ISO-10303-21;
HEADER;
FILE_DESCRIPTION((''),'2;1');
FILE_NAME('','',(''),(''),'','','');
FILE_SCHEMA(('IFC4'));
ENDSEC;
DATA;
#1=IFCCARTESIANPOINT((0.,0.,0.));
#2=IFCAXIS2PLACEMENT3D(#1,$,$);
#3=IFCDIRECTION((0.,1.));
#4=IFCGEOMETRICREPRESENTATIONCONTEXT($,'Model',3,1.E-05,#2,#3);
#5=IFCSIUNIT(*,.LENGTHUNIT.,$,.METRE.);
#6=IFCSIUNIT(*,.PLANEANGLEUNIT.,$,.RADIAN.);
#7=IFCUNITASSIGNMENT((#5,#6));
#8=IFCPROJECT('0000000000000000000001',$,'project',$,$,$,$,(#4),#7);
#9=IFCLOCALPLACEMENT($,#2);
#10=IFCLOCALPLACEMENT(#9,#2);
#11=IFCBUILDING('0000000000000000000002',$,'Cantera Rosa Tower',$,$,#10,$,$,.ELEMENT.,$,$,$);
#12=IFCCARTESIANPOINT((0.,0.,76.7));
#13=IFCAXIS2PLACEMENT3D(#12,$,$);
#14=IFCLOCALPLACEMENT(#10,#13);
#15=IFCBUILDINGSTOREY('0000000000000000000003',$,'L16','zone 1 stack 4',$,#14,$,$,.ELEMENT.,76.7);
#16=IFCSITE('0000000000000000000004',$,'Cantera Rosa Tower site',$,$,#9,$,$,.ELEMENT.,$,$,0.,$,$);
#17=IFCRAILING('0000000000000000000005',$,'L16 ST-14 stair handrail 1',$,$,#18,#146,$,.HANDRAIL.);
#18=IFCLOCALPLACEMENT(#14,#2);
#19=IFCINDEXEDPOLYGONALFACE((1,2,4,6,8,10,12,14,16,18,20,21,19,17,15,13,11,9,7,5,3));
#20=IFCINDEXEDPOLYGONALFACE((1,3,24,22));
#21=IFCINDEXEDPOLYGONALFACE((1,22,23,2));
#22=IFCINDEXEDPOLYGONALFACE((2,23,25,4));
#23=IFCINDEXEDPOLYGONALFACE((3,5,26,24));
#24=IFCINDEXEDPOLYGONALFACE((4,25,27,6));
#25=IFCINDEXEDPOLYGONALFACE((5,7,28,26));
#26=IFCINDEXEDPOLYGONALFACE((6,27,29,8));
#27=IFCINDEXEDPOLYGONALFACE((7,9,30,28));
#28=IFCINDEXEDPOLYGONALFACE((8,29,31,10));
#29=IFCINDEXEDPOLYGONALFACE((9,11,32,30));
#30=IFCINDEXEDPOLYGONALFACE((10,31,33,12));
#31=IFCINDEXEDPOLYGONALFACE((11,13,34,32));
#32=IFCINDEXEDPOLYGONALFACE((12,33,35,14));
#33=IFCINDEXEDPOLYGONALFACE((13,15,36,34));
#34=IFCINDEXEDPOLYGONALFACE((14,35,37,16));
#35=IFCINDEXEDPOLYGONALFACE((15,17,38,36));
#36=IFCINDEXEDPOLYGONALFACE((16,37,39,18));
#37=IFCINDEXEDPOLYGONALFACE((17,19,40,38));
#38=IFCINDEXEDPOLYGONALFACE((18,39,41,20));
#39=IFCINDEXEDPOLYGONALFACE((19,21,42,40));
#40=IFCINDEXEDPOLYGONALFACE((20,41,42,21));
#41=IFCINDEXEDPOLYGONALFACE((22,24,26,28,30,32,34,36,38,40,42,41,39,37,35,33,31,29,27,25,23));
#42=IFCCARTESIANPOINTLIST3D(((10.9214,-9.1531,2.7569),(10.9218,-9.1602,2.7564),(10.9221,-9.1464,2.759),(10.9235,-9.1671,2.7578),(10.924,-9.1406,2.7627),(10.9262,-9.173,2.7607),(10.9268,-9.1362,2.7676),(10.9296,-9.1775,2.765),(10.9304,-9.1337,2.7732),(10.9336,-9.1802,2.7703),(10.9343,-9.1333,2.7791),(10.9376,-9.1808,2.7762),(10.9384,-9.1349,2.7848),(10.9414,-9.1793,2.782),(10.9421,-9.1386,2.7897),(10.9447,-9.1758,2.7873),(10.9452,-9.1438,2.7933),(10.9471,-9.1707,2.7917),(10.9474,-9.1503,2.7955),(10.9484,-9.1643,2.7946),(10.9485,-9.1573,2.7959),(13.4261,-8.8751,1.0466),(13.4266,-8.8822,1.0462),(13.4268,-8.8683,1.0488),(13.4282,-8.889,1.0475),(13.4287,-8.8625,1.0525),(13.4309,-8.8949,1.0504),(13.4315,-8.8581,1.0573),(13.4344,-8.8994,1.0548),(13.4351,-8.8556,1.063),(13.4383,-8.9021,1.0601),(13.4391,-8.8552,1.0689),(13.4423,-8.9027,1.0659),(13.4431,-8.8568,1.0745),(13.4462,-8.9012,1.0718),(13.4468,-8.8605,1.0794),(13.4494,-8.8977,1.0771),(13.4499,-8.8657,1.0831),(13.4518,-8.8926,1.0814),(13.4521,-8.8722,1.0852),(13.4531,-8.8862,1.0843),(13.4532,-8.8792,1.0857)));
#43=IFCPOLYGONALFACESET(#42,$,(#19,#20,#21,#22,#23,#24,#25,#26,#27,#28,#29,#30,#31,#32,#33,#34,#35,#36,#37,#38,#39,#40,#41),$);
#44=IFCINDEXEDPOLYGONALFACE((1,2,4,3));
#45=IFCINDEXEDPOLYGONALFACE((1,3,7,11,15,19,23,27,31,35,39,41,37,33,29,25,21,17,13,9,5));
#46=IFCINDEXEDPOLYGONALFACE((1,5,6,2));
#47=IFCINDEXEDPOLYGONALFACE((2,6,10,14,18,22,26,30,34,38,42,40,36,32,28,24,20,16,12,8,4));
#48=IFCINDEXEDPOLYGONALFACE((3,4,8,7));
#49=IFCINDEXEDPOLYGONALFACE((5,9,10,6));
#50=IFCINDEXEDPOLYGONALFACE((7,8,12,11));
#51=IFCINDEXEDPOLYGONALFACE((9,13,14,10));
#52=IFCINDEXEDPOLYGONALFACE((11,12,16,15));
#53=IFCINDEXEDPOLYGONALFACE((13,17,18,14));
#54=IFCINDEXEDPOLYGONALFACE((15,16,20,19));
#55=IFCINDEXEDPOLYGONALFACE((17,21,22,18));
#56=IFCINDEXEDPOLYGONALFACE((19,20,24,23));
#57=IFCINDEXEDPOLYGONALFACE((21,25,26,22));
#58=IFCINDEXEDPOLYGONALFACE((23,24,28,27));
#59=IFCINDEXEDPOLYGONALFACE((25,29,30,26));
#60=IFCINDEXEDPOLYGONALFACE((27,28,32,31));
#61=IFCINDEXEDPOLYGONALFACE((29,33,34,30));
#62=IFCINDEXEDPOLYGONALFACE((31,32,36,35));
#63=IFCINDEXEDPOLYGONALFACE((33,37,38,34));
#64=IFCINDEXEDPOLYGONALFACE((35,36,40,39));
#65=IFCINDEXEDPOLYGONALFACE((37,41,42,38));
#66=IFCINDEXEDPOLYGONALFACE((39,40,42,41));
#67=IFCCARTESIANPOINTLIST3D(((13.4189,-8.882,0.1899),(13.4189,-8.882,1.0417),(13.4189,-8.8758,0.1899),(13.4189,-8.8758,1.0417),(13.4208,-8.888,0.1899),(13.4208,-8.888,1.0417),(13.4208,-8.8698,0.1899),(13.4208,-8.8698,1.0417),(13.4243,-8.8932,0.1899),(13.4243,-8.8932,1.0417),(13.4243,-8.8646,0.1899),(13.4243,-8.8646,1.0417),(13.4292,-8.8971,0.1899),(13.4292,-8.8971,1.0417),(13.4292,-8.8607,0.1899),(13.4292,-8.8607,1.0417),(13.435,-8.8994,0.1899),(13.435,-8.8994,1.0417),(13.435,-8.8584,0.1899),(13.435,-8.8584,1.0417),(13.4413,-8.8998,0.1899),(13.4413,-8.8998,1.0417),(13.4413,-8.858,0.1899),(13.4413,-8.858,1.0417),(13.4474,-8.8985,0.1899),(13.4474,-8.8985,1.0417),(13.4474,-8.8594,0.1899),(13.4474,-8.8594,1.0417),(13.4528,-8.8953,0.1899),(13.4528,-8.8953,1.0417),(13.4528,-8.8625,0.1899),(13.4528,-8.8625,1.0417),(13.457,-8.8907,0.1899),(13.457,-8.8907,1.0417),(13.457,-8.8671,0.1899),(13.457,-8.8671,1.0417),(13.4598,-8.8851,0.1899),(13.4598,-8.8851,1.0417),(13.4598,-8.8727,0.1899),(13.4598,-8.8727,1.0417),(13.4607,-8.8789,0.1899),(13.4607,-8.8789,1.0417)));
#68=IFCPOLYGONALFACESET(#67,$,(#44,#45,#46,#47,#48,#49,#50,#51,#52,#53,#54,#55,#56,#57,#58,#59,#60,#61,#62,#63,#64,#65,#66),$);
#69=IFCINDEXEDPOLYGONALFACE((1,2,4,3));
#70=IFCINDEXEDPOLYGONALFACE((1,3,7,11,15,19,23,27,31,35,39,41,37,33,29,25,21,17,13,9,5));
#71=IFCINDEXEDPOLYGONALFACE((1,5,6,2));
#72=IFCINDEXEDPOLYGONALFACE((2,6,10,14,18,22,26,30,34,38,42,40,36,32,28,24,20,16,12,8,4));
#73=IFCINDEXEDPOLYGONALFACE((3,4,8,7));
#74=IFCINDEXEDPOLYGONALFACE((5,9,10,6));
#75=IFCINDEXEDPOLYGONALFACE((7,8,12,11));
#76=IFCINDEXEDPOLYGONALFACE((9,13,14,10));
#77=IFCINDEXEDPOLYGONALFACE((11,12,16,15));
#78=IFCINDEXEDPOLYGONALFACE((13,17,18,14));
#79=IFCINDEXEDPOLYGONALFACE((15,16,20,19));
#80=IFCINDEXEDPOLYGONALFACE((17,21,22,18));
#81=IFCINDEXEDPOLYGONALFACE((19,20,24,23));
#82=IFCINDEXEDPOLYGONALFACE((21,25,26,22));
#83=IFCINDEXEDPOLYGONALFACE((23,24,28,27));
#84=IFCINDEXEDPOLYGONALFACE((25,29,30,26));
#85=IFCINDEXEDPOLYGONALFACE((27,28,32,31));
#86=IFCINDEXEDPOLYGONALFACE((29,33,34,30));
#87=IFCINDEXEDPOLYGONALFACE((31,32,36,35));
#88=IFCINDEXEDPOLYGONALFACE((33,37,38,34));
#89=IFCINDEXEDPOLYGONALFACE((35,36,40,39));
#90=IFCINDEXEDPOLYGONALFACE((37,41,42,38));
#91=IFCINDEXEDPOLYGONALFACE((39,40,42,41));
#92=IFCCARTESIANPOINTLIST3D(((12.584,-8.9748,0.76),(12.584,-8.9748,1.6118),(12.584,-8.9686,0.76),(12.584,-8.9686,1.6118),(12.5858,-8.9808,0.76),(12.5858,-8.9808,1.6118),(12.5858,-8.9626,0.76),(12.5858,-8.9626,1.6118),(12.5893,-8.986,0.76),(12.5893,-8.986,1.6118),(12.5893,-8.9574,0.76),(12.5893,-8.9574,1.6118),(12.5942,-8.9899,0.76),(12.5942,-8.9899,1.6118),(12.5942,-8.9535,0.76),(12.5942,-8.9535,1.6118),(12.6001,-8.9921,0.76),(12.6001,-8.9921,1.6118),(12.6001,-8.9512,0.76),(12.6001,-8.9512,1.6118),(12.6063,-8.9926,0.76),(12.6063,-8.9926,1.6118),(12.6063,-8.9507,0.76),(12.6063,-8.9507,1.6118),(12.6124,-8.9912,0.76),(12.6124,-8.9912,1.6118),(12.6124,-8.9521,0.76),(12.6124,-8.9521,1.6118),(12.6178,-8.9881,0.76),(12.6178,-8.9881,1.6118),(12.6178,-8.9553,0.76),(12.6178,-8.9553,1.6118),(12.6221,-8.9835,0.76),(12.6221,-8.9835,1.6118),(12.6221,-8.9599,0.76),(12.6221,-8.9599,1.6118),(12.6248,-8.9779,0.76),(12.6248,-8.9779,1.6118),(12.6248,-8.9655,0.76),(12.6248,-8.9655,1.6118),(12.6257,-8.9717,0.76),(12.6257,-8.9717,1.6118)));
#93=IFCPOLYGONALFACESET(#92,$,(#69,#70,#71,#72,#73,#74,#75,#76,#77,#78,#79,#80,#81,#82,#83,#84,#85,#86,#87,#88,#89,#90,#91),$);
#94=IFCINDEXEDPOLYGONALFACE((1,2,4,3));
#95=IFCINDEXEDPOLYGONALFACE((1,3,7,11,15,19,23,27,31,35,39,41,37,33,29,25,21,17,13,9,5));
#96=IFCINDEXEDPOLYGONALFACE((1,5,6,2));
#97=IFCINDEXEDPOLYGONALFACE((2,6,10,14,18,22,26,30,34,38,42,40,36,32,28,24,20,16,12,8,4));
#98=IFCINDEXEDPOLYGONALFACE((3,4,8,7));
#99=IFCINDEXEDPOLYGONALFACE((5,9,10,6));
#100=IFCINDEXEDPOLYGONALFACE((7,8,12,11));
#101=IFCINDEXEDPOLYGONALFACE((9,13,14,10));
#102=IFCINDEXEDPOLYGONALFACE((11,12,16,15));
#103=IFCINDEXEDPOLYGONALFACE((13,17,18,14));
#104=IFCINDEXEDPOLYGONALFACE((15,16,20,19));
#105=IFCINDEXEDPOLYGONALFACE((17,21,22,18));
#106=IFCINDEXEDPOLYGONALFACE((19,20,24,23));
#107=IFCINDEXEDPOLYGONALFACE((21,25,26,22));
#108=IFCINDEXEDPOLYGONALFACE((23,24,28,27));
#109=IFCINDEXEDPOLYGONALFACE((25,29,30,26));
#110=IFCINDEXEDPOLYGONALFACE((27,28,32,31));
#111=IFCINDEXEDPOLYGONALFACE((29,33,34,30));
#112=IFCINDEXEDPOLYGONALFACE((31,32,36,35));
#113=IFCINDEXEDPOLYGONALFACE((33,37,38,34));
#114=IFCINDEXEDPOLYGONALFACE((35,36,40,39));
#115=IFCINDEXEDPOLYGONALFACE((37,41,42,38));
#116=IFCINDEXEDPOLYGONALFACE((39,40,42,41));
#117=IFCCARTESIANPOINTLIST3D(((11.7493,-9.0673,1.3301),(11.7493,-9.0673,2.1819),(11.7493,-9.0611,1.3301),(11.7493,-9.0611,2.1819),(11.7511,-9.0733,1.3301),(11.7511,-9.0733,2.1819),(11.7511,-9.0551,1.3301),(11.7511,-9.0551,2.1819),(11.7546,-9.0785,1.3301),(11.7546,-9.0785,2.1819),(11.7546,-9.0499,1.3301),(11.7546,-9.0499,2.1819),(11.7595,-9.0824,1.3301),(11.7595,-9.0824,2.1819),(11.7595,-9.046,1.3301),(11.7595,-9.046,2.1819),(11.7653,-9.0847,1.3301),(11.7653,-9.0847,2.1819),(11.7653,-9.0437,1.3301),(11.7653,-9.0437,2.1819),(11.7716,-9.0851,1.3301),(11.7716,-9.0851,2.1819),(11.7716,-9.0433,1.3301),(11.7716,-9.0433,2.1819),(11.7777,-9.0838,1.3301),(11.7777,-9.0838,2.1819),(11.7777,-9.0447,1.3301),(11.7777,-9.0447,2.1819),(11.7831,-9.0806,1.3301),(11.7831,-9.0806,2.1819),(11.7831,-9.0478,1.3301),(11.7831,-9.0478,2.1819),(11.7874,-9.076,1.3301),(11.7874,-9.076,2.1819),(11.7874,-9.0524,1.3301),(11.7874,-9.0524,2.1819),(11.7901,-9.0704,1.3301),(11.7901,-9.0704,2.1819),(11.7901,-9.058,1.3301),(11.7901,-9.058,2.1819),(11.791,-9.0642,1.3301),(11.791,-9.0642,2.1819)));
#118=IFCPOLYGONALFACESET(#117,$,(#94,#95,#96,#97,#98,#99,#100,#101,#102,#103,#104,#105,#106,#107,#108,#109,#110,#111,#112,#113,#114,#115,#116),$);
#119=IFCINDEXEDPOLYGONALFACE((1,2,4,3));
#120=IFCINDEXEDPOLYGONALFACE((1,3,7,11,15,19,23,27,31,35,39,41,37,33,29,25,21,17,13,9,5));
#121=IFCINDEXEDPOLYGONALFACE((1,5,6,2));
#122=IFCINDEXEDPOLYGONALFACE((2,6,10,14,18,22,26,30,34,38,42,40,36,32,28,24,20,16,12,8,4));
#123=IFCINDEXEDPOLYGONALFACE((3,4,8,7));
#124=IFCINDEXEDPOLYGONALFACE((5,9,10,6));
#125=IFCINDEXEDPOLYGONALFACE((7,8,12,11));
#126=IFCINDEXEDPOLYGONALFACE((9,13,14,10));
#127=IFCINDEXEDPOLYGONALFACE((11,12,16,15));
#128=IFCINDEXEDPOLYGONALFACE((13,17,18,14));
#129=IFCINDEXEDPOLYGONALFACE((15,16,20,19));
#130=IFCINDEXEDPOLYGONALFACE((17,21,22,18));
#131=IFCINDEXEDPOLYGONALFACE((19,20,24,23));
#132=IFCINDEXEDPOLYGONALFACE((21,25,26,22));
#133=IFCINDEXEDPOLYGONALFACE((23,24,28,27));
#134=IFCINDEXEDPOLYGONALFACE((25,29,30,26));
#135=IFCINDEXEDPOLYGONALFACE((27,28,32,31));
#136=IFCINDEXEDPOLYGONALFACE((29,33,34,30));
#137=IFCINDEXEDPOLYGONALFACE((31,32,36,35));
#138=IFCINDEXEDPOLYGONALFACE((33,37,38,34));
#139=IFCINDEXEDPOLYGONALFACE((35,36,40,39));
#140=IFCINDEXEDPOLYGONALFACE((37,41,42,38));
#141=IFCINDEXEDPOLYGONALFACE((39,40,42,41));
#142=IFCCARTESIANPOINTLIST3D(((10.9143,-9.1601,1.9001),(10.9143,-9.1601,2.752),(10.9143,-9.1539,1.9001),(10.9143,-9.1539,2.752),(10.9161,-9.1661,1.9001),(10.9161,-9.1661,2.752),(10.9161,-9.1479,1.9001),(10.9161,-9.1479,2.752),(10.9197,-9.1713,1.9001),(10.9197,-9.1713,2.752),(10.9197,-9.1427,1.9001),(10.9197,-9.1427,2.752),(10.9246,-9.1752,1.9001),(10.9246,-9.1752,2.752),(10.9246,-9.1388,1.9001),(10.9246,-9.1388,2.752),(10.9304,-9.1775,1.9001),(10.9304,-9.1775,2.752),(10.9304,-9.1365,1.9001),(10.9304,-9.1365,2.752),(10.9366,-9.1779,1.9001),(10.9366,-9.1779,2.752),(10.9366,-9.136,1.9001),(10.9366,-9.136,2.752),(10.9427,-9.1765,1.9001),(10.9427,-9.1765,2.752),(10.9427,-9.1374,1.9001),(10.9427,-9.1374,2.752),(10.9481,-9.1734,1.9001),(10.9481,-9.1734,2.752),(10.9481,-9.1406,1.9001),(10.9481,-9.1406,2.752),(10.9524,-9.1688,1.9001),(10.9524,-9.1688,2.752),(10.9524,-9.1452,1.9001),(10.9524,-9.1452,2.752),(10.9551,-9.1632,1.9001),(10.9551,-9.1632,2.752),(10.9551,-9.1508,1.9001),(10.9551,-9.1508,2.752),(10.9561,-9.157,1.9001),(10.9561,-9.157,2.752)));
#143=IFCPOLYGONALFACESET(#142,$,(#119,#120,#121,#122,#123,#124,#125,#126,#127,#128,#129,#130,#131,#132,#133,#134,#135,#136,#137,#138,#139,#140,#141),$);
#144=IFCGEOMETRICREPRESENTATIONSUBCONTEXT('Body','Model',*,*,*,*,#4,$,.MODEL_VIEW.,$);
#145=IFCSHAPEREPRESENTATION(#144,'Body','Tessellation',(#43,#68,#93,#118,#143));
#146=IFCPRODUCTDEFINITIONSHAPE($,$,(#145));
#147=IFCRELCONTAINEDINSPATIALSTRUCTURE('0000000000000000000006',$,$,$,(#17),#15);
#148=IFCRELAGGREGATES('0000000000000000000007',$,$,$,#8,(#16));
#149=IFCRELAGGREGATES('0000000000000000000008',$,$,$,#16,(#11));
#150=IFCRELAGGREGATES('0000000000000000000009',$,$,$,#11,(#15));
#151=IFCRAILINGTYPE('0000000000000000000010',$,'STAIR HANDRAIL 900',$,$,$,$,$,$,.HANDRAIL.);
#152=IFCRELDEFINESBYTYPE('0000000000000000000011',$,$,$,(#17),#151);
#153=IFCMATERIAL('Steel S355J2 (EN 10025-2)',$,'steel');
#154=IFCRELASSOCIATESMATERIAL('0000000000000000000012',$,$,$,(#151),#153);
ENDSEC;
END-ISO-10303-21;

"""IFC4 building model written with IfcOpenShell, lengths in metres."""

from ifc_helpers import new_model, si_unit, direction, frame, origin, origin_2d, place, context, subcontext, project, spatial, circle, extrude, material, type_object, element, save


model = new_model("IFC4")

# Units and contexts
model_context = context("Model", 3, precision=1e-05, world=origin(), true_north=direction((0.0, 1.0)))
body_context = subcontext(model_context, "Body", "Model", "MODEL_VIEW")
ifc_project = project(units=[si_unit("LENGTHUNIT", "METRE"), si_unit("PLANEANGLEUNIT", "RADIAN")], contexts=[model_context])

# Site, building, storey
site_placement = place(None, origin())
site = spatial("IfcSite", under=ifc_project, at=site_placement, Name="Cantera Rosa Tower site", CompositionType="ELEMENT", RefElevation=0.0)
building_placement = place(site_placement, origin())
building = spatial("IfcBuilding", under=site, at=building_placement, Name="Cantera Rosa Tower", CompositionType="ELEMENT")
storey_placement = place(building_placement, frame((0.0, 0.0, 76.7)))
storey = spatial("IfcBuildingStorey", under=building, at=storey_placement, Name="L16", Description="zone 1 stack 4", CompositionType="ELEMENT", Elevation=76.7)

# Railing
ifc_material_1 = material(Name="Steel S355J2 (EN 10025-2)", Category="steel")
railing_type_1 = type_object("IfcRailingType", Name="STAIR HANDRAIL 900", PredefinedType="HANDRAIL", material=ifc_material_1)
railing_1_placement = place(storey_placement, frame((13.4397, -8.8789, 0.1899)))
element("IfcRailing", 1, at=railing_1_placement, inside=storey, type_object=railing_type_1, Name="L16 ST-14 stair handrail 1", PredefinedType="HANDRAIL", context=body_context, shape_type="SweptSolid", body=[
    extrude(circle(Radius=0.0239, at=origin_2d()), frame((0.0, 0.0, 0.876), z_axis=(-0.822394, -0.091306, 0.561543), x_axis=(0.110346, -0.993893, 0.0)), (0.0, 0.0, 1.0), 3.0457),
    extrude(circle(Radius=0.021, at=origin_2d()), origin(), (0.0, 0.0, 1.0), 0.8518),
    extrude(circle(Radius=0.021, at=origin_2d()), frame((-0.835, -0.0928, 0.5701)), (0.0, 0.0, 1.0), 0.8518),
    extrude(circle(Radius=0.021, at=origin_2d()), frame((-1.6697, -0.1853, 1.1401)), (0.0, 0.0, 1.0), 0.8518),
    extrude(circle(Radius=0.021, at=origin_2d()), frame((-2.5046, -0.2781, 1.7102)), (0.0, 0.0, 1.0), 0.8518),
])

save(model, "model.ifc")
